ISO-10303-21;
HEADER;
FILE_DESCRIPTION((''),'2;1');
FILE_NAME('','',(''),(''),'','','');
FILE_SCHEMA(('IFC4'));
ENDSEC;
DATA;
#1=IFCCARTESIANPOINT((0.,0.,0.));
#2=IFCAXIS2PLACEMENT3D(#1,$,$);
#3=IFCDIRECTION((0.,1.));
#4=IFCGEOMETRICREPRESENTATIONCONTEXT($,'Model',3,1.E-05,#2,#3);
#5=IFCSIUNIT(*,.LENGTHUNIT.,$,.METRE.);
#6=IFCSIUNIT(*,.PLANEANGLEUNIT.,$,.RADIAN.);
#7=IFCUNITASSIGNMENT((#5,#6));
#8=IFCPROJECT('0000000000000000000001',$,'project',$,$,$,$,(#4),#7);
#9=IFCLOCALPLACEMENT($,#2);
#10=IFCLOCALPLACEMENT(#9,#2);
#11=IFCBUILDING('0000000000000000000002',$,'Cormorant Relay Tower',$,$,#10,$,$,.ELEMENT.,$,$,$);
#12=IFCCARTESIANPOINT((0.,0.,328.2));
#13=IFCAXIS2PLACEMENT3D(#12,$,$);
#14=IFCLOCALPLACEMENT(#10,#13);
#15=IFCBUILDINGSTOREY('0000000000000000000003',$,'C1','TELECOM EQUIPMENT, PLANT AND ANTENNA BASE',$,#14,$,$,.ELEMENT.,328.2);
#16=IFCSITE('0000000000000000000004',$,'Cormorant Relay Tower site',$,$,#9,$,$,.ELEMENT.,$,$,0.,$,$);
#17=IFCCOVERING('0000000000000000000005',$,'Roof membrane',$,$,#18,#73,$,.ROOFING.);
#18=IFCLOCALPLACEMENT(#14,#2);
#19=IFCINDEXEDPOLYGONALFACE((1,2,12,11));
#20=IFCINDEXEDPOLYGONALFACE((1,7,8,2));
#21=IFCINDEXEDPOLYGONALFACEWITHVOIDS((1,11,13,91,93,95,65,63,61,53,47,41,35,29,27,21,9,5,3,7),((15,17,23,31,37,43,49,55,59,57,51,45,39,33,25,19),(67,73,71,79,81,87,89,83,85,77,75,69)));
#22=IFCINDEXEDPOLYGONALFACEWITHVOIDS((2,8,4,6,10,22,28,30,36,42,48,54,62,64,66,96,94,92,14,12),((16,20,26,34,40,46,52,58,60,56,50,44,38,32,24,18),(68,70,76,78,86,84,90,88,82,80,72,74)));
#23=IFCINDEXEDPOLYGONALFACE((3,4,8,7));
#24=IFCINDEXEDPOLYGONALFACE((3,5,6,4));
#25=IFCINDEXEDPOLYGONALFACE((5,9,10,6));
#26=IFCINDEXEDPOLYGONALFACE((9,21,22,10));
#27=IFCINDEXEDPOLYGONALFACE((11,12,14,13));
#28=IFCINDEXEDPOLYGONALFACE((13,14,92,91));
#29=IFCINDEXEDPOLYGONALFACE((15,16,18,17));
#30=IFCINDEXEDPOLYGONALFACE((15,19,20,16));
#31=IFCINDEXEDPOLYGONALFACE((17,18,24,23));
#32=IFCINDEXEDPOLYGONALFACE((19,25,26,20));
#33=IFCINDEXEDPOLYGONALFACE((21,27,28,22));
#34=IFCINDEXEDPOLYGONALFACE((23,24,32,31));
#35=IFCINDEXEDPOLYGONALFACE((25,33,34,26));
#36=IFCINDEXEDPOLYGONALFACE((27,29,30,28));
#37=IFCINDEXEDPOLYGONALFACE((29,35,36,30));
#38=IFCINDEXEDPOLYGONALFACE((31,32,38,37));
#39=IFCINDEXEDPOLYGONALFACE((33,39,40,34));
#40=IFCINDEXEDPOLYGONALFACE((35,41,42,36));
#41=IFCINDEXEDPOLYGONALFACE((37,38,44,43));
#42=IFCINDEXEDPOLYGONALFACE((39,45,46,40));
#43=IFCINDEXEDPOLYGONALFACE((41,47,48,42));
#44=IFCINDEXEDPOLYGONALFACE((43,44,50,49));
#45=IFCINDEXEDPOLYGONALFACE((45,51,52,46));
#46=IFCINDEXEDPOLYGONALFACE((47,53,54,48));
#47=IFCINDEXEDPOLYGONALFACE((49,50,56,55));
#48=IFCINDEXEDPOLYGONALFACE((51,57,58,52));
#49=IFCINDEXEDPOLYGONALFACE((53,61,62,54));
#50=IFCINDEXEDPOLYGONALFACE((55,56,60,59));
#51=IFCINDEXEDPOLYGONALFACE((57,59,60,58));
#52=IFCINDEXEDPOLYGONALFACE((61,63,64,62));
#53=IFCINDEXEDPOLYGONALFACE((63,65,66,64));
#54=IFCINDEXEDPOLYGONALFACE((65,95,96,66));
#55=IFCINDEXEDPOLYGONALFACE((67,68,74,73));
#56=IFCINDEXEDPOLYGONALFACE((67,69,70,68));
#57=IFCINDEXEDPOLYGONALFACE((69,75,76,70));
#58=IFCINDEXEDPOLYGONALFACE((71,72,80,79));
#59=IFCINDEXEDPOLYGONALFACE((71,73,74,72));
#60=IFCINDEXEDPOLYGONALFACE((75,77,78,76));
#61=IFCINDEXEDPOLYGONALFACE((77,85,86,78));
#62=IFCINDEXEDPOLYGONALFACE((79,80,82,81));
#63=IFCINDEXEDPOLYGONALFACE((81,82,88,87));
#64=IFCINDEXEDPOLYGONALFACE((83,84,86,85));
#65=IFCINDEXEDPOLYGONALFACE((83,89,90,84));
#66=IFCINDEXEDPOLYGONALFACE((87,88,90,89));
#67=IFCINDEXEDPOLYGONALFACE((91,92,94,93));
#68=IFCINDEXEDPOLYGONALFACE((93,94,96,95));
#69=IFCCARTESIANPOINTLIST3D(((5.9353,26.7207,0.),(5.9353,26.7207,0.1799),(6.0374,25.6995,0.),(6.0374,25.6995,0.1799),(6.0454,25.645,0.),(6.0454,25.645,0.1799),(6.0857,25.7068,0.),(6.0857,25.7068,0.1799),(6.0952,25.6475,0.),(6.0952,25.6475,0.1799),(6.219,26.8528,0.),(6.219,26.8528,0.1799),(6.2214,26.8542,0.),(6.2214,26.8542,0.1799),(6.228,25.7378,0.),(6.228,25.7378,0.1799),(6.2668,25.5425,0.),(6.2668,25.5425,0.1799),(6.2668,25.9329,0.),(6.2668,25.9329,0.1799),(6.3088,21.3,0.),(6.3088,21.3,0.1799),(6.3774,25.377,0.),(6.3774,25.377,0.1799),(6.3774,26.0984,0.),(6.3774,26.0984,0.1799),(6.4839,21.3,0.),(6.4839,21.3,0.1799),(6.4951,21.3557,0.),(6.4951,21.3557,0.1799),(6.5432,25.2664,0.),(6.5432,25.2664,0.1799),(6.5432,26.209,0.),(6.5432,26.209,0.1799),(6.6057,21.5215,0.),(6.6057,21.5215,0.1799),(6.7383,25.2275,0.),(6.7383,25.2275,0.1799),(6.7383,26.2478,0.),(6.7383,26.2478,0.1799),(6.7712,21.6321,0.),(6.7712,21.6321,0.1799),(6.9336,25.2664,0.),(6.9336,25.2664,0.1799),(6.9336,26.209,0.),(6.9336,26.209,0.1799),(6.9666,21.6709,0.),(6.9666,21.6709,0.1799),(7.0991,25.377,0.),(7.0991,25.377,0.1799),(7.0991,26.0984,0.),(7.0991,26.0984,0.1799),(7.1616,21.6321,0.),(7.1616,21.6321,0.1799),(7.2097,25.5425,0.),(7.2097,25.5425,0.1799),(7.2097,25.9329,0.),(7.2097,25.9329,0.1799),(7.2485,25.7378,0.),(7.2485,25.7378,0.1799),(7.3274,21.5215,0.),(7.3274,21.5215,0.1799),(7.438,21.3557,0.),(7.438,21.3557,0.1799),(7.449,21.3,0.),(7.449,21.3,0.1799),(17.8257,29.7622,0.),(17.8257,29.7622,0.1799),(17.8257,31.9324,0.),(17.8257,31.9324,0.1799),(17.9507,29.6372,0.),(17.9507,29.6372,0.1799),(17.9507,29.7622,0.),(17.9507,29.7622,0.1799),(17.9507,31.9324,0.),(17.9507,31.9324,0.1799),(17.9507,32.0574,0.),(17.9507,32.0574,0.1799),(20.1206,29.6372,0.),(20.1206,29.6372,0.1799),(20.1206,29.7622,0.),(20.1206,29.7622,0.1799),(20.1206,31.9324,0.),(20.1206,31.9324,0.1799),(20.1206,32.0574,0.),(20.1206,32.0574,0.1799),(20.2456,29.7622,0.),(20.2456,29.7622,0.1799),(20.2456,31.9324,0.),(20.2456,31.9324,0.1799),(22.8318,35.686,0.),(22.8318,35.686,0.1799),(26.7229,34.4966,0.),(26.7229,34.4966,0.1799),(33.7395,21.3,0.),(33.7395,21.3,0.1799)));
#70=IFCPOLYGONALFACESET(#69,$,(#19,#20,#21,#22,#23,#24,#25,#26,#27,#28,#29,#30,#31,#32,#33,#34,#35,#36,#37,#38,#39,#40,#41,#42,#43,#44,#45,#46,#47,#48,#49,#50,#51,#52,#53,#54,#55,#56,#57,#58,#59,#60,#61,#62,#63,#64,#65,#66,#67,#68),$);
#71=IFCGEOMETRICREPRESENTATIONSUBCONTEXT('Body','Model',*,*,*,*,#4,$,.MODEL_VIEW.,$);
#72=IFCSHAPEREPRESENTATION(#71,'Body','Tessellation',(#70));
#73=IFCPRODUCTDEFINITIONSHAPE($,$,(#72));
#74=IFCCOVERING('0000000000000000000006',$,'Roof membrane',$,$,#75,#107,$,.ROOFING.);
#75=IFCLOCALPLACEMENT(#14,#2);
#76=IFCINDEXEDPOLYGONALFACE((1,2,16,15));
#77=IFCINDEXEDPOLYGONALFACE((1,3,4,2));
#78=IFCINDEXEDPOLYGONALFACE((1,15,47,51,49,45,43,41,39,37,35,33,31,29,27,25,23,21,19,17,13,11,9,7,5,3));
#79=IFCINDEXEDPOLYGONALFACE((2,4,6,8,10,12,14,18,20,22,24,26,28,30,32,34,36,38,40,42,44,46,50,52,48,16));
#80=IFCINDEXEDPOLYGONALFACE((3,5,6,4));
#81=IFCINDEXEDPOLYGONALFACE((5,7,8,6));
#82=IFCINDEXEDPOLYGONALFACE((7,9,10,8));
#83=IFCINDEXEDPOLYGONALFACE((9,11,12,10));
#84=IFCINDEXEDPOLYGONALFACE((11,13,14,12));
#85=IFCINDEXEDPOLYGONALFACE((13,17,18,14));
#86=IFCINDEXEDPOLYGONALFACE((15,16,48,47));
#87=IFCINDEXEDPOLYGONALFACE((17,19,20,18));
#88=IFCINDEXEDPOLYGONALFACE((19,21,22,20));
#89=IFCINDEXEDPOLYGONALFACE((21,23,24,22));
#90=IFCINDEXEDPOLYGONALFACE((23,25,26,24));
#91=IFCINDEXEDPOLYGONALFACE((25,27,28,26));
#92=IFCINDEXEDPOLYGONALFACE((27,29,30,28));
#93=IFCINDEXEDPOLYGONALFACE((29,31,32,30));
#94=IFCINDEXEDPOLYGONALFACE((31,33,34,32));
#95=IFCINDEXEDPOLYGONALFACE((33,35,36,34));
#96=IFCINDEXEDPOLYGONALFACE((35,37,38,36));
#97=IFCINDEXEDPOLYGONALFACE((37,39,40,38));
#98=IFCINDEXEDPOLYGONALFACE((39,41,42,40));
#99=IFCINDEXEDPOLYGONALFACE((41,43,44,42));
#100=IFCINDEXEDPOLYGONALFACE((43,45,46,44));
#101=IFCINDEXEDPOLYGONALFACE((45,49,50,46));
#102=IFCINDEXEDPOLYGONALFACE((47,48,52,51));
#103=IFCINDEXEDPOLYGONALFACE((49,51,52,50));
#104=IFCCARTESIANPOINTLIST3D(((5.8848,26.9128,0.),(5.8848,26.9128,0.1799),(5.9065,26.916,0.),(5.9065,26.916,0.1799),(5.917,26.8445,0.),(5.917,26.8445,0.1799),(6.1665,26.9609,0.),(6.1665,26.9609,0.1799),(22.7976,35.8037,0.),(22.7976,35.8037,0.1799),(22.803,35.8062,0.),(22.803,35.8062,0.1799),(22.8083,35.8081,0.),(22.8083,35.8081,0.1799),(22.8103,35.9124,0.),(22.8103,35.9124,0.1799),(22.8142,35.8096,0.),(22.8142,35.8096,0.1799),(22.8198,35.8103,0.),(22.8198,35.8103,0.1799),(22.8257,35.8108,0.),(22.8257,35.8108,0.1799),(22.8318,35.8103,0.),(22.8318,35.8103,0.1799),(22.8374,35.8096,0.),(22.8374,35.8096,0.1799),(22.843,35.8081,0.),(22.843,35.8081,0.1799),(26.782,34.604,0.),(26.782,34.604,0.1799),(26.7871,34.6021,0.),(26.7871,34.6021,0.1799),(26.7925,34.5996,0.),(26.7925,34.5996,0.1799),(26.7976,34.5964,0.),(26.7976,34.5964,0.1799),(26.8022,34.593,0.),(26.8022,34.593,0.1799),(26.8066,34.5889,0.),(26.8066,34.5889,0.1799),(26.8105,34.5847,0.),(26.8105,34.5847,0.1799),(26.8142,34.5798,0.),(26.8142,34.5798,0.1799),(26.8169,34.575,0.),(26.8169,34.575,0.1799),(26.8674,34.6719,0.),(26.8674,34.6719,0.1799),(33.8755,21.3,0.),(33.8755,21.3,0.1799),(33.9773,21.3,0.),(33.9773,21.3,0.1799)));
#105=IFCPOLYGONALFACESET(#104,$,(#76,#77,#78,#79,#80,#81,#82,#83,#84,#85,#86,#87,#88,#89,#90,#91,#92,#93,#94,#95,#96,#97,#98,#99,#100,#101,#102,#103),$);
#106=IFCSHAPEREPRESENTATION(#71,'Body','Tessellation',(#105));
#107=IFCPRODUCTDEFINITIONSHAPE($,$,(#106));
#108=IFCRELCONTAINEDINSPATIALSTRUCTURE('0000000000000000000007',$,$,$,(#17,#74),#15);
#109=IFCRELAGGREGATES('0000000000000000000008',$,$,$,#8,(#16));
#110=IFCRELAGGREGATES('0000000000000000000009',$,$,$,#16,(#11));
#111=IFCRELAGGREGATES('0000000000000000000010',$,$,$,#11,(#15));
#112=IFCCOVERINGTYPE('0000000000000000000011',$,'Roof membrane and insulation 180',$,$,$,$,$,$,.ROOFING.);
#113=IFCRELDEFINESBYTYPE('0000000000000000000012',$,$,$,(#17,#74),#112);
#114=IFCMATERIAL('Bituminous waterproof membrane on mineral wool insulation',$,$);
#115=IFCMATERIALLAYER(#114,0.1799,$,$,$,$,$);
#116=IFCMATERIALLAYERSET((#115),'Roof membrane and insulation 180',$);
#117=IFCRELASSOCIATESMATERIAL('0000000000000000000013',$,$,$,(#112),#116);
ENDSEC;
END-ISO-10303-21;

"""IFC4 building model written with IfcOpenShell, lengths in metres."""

from ifc_helpers import new_model, si_unit, direction, frame, origin, place, context, subcontext, project, spatial, polyline, outline, extrude, material, layer, layer_set, type_object, element, save


model = new_model("IFC4")

# Units and contexts
model_context = context("Model", 3, precision=1e-05, world=origin(), true_north=direction((0.0, 1.0)))
body_context = subcontext(model_context, "Body", "Model", "MODEL_VIEW")
ifc_project = project(units=[si_unit("LENGTHUNIT", "METRE"), si_unit("PLANEANGLEUNIT", "RADIAN")], contexts=[model_context])

# Site, building, storey
site_placement = place(None, origin())
site = spatial("IfcSite", under=ifc_project, at=site_placement, Name="Cormorant Relay Tower site", CompositionType="ELEMENT", RefElevation=0.0)
building_placement = place(site_placement, origin())
building = spatial("IfcBuilding", under=site, at=building_placement, Name="Cormorant Relay Tower", CompositionType="ELEMENT")
storey_placement = place(building_placement, frame((0.0, 0.0, 328.2)))
storey = spatial("IfcBuildingStorey", under=building, at=storey_placement, Name="C1", Description="TELECOM EQUIPMENT, PLANT AND ANTENNA BASE", CompositionType="ELEMENT", Elevation=328.2)

# Coverings
ifc_material_1 = material(Name="Bituminous waterproof membrane on mineral wool insulation")
ifc_layer_1 = layer(ifc_material_1, 0.1799)
ifc_layer_set_1 = layer_set([ifc_layer_1], Name="Roof membrane and insulation 180")
covering_type_1 = type_object("IfcCoveringType", Name="Roof membrane and insulation 180", PredefinedType="ROOFING", material=ifc_layer_set_1)
covering_1_placement = place(storey_placement, origin())
element("IfcCovering", 1, at=covering_1_placement, inside=storey, type_object=covering_type_1, Name="Roof membrane", PredefinedType="ROOFING", context=body_context, shape_type="SweptSolid", body=[
    extrude(outline(polyline([(6.3088, 21.3), (6.0952, 25.6475), (6.0454, 25.645), (6.0374, 25.6995), (6.0857, 25.7068), (5.9353, 26.7207), (6.219, 26.8528), (6.2214, 26.8542), (22.8318, 35.686), (26.7229, 34.4966), (33.7395, 21.3), (7.449, 21.3), (7.438, 21.3557), (7.3274, 21.5215), (7.1616, 21.6321), (6.9666, 21.6709), (6.7712, 21.6321), (6.6057, 21.5215), (6.4951, 21.3557), (6.4839, 21.3), (6.3088, 21.3)]), holes=[polyline([(17.8257, 29.7622), (17.9507, 29.7622), (17.9507, 29.6372), (20.1206, 29.6372), (20.1206, 29.7622), (20.2456, 29.7622), (20.2456, 31.9324), (20.1206, 31.9324), (20.1206, 32.0574), (17.9507, 32.0574), (17.9507, 31.9324), (17.8257, 31.9324), (17.8257, 29.7622)]), polyline([(6.9336, 25.2664), (7.0991, 25.377), (7.2097, 25.5425), (7.2485, 25.7378), (7.2097, 25.9329), (7.0991, 26.0984), (6.9336, 26.209), (6.7383, 26.2478), (6.5432, 26.209), (6.3774, 26.0984), (6.2668, 25.9329), (6.228, 25.7378), (6.2668, 25.5425), (6.3774, 25.377), (6.5432, 25.2664), (6.7383, 25.2275), (6.9336, 25.2664)])]), origin(), (0.0, 0.0, 1.0), 0.1799),
])
covering_2_placement = place(storey_placement, origin())
element("IfcCovering", 2, at=covering_2_placement, inside=storey, type_object=covering_type_1, Name="Roof membrane", PredefinedType="ROOFING", context=body_context, shape_type="SweptSolid", body=[
    extrude(outline(polyline([(22.8103, 35.9124), (26.8674, 34.6719), (33.9773, 21.3), (33.8755, 21.3), (26.8169, 34.575), (26.8142, 34.5798), (26.8105, 34.5847), (26.8066, 34.5889), (26.8022, 34.593), (26.7976, 34.5964), (26.7925, 34.5996), (26.7871, 34.6021), (26.782, 34.604), (22.843, 35.8081), (22.8374, 35.8096), (22.8318, 35.8103), (22.8257, 35.8108), (22.8198, 35.8103), (22.8142, 35.8096), (22.8083, 35.8081), (22.803, 35.8062), (22.7976, 35.8037), (6.1665, 26.9609), (5.917, 26.8445), (5.9065, 26.916), (5.8848, 26.9128), (22.8103, 35.9124)])), origin(), (0.0, 0.0, 1.0), 0.1799),
])

save(model, "model.ifc")
